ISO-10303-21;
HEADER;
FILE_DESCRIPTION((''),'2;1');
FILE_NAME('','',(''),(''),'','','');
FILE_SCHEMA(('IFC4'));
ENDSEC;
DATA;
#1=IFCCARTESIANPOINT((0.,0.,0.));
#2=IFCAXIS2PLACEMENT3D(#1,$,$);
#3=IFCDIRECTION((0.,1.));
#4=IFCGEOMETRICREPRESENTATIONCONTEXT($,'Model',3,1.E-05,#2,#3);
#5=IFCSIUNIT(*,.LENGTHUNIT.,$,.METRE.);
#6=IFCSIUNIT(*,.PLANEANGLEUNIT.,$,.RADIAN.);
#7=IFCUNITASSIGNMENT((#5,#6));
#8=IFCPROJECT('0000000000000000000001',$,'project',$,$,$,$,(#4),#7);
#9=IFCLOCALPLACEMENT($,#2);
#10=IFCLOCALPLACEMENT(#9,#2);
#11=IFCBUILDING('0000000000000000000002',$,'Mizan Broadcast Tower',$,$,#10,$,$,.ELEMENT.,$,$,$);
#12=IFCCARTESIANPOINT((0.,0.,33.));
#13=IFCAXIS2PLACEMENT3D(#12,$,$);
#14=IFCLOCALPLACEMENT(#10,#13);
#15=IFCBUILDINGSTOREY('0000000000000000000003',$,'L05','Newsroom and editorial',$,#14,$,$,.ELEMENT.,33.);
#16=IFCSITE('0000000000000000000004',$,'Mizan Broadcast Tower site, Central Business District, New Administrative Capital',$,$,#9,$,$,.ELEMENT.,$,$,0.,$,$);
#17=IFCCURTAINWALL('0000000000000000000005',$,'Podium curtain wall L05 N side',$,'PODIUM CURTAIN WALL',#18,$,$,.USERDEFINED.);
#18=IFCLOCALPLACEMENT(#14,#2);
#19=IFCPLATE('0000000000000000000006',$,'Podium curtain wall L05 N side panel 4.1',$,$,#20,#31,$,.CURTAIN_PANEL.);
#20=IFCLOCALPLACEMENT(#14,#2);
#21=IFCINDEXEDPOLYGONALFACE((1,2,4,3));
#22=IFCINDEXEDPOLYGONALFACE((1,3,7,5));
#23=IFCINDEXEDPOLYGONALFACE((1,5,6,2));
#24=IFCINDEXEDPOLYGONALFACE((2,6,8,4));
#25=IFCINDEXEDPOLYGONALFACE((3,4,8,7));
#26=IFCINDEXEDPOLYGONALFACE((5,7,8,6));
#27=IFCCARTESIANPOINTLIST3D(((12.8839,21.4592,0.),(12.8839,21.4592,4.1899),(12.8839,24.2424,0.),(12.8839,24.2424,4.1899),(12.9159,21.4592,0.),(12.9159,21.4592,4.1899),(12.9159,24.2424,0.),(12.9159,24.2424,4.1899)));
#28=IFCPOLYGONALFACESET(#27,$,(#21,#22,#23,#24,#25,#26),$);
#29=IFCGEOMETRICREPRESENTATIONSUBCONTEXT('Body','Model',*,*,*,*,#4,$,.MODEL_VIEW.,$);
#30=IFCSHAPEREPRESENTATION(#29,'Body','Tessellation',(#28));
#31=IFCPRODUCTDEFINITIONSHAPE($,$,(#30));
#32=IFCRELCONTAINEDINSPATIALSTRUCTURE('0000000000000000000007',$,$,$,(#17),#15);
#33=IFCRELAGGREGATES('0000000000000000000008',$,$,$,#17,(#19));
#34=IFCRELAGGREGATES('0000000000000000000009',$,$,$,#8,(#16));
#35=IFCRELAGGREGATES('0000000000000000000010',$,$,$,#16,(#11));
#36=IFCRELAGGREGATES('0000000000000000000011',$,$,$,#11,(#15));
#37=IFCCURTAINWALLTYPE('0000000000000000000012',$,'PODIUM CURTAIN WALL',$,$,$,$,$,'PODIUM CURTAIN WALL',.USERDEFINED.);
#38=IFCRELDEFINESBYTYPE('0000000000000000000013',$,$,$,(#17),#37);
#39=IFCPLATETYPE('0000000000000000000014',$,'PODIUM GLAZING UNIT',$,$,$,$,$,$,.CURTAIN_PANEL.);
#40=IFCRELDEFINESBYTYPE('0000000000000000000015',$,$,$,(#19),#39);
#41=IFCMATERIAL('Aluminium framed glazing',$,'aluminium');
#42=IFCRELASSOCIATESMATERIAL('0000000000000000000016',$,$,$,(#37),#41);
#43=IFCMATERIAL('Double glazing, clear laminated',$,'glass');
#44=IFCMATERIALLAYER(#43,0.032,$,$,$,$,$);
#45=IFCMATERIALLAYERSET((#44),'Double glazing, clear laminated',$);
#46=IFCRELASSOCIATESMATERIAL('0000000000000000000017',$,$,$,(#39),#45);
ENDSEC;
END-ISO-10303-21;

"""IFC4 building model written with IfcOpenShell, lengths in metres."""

from ifc_helpers import new_model, si_unit, direction, frame, origin, origin_2d, place, context, subcontext, project, spatial, rectangle, extrude, material, layer, layer_set, type_object, element, aggregate, save


model = new_model("IFC4")

# Units and contexts
model_context = context("Model", 3, precision=1e-05, world=origin(), true_north=direction((0.0, 1.0)))
body_context = subcontext(model_context, "Body", "Model", "MODEL_VIEW")
ifc_project = project(units=[si_unit("LENGTHUNIT", "METRE"), si_unit("PLANEANGLEUNIT", "RADIAN")], contexts=[model_context])

# Site, building, storey
site_placement = place(None, origin())
site = spatial("IfcSite", under=ifc_project, at=site_placement, Name="Mizan Broadcast Tower site, Central Business District, New Administrative Capital", CompositionType="ELEMENT", RefElevation=0.0)
building_placement = place(site_placement, origin())
building = spatial("IfcBuilding", under=site, at=building_placement, Name="Mizan Broadcast Tower", CompositionType="ELEMENT")
storey_placement = place(building_placement, frame((0.0, 0.0, 33.0)))
storey = spatial("IfcBuildingStorey", under=building, at=storey_placement, Name="L05", Description="Newsroom and editorial", CompositionType="ELEMENT", Elevation=33.0)

# Shared definitions
ifc_material_1 = material(Name="Aluminium framed glazing", Category="aluminium")
curtain_wall_type_1 = type_object("IfcCurtainWallType", Name="PODIUM CURTAIN WALL", ElementType="PODIUM CURTAIN WALL", PredefinedType="USERDEFINED", material=ifc_material_1)

# Curtain wall
curtain_wall_1_placement = place(storey_placement, origin())
curtain_wall_1 = element("IfcCurtainWall", 1, at=curtain_wall_1_placement, inside=storey, type_object=curtain_wall_type_1, Name="Podium curtain wall L05 N side", ObjectType="PODIUM CURTAIN WALL", PredefinedType="USERDEFINED")

# Plate
ifc_material_2 = material(Name="Double glazing, clear laminated", Category="glass")
ifc_layer_1 = layer(ifc_material_2, 0.032)
ifc_layer_set_1 = layer_set([ifc_layer_1], Name="Double glazing, clear laminated")
plate_type_1 = type_object("IfcPlateType", Name="PODIUM GLAZING UNIT", PredefinedType="CURTAIN_PANEL", material=ifc_layer_set_1)
plate_1_placement = place(storey_placement, frame((12.8999, 22.8508, 0.0), z_axis=(0.0, 0.0, 1.0), x_axis=(0.0, 1.0, 0.0)))
plate_1 = element("IfcPlate", 2, at=plate_1_placement, type_object=plate_type_1, Name="Podium curtain wall L05 N side panel 4.1", PredefinedType="CURTAIN_PANEL", context=body_context, shape_type="SweptSolid", body=[
    extrude(rectangle(XDim=2.7832, YDim=0.032, at=origin_2d()), origin(), (0.0, 0.0, 1.0), 4.1899),
])
aggregate(curtain_wall_1, [plate_1])

save(model, "model.ifc")
